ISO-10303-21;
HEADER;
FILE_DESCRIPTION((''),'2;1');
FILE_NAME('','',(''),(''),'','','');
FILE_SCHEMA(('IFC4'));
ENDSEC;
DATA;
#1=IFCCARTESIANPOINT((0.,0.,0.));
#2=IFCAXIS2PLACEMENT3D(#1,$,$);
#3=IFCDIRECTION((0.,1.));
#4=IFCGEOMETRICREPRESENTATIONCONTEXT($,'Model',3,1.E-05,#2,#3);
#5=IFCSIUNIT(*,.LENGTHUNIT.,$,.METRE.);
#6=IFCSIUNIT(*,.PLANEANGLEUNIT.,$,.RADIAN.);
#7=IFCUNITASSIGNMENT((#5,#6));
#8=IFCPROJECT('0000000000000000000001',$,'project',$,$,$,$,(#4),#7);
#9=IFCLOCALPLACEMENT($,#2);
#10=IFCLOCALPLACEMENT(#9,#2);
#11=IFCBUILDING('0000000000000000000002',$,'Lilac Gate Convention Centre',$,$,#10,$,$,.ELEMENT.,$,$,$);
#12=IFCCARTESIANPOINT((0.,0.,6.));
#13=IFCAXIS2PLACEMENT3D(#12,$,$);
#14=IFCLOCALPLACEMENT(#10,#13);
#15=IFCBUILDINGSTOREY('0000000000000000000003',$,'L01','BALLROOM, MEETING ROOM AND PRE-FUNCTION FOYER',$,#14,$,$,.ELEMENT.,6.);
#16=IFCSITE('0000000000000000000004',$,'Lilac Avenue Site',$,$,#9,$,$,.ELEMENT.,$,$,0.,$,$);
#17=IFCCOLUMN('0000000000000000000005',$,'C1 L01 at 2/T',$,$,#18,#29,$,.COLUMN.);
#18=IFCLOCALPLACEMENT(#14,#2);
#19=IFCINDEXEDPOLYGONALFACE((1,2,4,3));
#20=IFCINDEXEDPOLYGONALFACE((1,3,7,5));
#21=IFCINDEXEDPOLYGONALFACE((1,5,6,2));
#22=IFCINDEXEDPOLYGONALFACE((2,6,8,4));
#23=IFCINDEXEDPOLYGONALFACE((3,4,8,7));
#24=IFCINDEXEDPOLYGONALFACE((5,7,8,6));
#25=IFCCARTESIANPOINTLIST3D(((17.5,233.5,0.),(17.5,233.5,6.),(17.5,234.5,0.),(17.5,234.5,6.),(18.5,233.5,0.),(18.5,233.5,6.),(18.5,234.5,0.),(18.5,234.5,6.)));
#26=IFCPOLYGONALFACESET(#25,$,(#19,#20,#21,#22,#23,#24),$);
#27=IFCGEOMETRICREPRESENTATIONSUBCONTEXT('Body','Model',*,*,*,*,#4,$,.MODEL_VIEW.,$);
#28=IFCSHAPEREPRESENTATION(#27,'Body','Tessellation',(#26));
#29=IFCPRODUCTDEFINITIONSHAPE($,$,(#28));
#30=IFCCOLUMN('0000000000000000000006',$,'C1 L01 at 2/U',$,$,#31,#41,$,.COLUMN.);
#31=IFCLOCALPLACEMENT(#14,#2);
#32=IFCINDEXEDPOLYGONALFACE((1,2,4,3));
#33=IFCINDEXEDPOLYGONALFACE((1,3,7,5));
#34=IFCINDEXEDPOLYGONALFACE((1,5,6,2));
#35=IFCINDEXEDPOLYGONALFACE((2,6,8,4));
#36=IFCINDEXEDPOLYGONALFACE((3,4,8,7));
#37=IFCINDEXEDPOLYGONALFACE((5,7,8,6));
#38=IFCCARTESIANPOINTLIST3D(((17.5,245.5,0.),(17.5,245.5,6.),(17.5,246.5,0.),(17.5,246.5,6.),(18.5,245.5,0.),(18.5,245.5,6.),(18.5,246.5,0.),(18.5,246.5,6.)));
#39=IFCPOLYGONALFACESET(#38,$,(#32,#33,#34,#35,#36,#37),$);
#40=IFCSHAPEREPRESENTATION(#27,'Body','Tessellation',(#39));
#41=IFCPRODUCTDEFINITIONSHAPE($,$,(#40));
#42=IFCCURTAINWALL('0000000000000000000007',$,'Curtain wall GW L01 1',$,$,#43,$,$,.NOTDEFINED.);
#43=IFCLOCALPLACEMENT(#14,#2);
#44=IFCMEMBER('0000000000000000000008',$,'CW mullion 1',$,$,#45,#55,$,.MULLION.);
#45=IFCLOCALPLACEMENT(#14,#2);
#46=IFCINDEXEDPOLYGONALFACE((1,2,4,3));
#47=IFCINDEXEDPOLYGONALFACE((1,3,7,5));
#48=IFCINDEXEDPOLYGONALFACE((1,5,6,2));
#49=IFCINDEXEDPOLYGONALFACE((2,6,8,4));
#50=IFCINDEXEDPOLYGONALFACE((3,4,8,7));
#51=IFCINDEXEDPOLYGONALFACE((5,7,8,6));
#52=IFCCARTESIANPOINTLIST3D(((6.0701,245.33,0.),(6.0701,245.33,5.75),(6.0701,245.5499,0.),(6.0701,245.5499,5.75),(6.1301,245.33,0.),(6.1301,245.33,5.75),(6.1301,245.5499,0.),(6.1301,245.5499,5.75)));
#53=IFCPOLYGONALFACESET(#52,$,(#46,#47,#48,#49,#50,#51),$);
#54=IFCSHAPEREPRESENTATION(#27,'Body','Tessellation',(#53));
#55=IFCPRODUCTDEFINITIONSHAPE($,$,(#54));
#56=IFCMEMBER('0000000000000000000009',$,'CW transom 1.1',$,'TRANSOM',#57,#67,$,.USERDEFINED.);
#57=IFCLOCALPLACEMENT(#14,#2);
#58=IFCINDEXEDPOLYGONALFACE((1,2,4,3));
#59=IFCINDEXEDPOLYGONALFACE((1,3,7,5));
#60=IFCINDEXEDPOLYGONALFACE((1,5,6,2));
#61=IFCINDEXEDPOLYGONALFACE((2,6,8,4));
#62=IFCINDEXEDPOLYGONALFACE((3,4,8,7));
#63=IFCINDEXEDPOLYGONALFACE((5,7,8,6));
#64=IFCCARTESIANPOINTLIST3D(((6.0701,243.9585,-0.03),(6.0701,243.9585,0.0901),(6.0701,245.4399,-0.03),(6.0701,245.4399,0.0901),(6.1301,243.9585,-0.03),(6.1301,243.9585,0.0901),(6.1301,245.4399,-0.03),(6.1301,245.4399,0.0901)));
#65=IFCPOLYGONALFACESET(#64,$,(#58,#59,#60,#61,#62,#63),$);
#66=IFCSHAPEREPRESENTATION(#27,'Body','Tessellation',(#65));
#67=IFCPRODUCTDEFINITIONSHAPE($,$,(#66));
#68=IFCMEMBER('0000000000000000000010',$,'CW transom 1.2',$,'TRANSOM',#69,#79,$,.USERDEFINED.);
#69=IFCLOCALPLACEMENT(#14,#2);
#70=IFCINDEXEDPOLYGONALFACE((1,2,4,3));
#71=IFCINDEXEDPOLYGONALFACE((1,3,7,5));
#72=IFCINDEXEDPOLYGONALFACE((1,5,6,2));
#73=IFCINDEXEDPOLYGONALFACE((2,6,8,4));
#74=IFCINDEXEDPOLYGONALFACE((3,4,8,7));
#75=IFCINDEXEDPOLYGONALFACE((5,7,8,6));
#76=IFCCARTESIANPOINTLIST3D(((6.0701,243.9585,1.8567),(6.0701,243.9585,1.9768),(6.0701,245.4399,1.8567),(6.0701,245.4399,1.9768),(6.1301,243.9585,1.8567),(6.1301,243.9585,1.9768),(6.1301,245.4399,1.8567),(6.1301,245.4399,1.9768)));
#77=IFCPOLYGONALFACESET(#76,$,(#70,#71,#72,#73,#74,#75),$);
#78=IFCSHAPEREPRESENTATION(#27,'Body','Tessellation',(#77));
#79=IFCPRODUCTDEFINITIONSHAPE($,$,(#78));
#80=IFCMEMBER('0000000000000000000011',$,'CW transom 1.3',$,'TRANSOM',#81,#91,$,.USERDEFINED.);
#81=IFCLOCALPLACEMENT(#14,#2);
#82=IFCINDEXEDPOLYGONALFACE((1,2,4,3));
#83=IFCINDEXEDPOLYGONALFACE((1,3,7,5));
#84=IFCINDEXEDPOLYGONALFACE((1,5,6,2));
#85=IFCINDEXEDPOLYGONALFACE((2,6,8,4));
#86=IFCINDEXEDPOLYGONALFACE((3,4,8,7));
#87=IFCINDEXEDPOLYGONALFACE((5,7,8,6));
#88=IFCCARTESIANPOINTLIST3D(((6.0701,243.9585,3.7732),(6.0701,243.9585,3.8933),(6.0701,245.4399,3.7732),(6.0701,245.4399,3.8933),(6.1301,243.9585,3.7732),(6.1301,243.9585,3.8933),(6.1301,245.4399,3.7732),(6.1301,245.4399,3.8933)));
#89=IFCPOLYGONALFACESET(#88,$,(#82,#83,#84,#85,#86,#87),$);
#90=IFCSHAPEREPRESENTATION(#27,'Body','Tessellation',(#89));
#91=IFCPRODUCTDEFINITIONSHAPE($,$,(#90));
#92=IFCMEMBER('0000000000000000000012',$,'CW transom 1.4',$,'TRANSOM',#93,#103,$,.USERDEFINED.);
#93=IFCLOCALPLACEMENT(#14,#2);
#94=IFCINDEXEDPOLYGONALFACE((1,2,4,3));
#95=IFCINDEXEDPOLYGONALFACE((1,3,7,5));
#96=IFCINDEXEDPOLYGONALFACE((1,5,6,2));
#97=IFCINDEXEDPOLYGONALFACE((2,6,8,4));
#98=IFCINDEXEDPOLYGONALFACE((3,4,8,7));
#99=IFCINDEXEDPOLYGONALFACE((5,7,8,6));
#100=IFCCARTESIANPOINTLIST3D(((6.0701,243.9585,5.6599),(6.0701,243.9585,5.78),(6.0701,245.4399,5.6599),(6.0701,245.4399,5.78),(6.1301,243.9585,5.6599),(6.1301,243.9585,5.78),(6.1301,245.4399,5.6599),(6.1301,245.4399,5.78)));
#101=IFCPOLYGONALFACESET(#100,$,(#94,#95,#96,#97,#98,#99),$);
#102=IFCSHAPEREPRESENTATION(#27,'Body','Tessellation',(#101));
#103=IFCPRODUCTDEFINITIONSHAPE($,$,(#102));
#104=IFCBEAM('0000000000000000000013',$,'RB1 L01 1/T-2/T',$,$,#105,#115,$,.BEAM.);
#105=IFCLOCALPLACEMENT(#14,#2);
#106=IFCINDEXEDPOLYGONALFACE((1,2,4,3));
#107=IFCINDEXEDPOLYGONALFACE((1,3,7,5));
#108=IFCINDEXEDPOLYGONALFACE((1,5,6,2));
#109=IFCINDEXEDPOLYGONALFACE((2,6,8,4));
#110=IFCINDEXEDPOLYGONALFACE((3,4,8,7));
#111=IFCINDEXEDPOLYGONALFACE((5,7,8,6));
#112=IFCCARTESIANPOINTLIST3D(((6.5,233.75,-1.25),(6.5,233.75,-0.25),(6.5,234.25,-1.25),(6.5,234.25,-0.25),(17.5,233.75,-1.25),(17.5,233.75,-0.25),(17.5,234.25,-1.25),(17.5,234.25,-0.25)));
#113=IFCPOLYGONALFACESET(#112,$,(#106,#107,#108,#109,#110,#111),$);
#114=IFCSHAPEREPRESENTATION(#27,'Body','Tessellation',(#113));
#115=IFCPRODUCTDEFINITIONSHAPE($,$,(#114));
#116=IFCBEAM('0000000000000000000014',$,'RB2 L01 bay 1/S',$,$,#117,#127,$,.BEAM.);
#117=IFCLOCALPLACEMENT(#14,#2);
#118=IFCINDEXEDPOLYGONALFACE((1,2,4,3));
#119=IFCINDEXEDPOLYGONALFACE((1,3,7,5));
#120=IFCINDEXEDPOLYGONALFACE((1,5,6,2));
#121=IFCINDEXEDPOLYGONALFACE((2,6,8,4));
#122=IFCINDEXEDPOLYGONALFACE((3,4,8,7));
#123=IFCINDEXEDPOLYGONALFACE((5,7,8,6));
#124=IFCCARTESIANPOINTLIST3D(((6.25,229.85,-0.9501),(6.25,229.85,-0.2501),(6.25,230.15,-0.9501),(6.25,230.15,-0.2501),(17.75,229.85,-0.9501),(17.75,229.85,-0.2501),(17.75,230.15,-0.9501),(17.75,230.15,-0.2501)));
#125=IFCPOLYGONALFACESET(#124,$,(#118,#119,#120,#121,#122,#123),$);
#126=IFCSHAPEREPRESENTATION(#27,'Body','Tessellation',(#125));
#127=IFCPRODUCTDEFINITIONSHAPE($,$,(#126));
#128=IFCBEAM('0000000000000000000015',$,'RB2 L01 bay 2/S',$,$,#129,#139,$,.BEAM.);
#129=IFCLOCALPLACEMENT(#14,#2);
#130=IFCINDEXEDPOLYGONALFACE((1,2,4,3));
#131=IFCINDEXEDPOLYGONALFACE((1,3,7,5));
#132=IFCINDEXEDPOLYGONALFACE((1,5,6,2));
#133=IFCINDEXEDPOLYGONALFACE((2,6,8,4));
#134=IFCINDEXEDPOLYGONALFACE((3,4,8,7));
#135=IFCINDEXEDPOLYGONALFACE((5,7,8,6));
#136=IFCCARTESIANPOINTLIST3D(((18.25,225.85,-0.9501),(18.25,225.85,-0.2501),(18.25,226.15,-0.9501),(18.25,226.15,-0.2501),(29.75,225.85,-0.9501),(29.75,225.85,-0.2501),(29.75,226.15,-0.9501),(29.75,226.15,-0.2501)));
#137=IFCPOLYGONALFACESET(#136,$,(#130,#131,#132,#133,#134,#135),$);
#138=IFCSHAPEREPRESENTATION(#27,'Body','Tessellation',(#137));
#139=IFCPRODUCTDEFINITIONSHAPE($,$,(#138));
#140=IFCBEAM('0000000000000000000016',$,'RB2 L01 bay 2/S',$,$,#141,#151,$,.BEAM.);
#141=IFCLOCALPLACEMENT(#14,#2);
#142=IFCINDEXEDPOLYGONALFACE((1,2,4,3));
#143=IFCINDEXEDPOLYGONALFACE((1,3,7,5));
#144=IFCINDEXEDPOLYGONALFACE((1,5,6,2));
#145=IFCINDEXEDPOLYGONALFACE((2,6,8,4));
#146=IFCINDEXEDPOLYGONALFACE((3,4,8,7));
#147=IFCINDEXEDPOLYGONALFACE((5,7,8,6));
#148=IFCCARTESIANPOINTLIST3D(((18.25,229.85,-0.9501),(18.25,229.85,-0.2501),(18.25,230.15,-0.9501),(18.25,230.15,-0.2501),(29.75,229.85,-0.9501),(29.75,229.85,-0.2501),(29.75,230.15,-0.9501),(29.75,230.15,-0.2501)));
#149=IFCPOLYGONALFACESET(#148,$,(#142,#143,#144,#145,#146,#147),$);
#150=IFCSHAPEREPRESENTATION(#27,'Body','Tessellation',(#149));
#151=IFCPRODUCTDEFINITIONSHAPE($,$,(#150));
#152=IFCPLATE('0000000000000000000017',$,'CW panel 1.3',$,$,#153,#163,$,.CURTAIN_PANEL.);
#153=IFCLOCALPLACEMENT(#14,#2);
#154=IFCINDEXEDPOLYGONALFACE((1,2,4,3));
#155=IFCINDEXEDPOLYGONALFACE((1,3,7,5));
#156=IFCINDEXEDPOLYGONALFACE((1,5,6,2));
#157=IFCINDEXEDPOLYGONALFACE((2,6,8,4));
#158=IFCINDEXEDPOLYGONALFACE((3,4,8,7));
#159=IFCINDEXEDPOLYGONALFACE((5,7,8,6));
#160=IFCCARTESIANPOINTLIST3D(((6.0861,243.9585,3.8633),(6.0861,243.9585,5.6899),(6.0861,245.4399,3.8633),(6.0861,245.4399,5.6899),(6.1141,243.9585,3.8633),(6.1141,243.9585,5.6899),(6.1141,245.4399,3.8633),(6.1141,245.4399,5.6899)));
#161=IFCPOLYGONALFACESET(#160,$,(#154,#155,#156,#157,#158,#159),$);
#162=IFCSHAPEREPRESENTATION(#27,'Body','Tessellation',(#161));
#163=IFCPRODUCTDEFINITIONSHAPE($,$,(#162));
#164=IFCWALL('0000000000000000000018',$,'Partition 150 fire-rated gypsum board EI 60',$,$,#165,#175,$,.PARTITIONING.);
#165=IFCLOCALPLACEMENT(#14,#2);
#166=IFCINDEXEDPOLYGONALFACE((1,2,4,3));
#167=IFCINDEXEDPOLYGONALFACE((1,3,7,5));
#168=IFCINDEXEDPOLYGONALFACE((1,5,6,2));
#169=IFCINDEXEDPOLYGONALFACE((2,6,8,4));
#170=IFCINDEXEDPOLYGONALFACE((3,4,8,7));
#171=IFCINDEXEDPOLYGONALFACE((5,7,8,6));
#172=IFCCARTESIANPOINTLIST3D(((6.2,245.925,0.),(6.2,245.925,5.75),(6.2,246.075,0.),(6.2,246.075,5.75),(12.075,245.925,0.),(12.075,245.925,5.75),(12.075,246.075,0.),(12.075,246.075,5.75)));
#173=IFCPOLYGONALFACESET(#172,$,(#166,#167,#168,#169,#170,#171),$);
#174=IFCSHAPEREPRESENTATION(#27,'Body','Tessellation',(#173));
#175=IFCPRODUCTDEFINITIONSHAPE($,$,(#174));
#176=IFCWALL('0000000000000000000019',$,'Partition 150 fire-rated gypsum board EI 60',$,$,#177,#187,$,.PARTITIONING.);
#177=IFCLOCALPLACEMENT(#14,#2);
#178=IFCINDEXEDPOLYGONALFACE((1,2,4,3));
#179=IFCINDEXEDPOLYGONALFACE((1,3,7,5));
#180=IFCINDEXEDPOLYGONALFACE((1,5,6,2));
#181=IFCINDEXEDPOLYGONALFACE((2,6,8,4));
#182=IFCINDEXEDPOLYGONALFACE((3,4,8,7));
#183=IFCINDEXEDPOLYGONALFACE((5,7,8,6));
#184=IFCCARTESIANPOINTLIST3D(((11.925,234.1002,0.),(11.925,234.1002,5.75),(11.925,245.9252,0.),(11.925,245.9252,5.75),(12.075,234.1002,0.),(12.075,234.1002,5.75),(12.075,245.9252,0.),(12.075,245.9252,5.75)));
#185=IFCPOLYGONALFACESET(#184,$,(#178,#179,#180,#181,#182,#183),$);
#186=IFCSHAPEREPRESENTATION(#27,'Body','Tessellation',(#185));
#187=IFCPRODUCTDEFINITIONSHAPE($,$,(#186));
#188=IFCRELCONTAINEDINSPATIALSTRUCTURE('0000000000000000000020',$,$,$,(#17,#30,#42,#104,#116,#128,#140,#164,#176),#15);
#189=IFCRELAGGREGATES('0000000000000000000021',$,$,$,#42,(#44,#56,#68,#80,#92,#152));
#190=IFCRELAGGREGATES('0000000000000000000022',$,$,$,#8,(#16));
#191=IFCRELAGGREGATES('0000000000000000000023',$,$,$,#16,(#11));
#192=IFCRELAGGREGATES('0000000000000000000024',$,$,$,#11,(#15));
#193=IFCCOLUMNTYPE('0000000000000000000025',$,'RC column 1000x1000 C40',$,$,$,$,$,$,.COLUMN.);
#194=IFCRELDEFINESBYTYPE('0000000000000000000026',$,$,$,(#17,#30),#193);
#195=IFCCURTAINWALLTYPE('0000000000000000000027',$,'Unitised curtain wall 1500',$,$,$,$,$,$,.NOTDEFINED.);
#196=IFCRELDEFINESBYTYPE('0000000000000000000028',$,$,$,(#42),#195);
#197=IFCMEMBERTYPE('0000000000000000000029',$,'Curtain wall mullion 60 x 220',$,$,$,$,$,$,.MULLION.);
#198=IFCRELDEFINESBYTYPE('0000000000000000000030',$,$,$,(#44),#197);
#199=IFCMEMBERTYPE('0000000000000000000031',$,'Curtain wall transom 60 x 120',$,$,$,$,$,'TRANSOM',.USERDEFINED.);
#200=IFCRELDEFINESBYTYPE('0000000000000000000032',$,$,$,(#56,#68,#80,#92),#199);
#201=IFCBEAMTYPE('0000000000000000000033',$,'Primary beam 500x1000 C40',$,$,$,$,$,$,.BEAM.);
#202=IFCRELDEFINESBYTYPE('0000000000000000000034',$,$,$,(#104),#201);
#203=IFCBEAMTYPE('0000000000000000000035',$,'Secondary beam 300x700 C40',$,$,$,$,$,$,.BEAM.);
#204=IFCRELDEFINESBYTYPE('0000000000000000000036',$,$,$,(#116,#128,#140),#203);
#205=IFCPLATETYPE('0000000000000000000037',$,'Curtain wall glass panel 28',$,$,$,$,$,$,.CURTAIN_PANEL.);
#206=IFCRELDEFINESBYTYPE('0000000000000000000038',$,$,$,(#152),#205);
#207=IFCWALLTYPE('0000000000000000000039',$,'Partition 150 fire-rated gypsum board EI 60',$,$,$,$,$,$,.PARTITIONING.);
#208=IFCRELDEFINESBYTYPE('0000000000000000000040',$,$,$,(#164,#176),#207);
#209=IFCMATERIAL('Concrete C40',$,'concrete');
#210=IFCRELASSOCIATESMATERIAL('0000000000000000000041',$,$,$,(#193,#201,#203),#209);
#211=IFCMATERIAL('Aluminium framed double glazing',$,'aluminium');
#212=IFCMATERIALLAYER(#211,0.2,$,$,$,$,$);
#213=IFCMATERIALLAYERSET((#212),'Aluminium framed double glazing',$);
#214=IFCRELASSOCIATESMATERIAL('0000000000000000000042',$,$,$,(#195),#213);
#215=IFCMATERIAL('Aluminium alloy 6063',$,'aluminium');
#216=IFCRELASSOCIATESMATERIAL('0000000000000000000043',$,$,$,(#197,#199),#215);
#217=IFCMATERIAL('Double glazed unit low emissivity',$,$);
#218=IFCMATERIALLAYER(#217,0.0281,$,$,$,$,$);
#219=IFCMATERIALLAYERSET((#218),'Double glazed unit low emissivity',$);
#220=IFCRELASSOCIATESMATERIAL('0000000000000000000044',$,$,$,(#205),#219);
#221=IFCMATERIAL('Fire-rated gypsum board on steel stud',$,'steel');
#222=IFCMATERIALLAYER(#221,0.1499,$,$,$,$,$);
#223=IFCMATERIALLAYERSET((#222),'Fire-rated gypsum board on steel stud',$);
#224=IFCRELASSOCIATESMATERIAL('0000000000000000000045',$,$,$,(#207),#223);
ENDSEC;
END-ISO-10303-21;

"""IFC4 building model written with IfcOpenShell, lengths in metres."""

from ifc_helpers import new_model, si_unit, direction, frame, frame_2d, origin, origin_2d, place, context, subcontext, project, spatial, rectangle, extrude, material, layer, layer_set, material_profile, profile_set, type_object, element, aggregate, save


model = new_model("IFC4")

# Units and contexts
model_context = context("Model", 3, precision=1e-05, world=origin(), true_north=direction((0.0, 1.0)))
body_context = subcontext(model_context, "Body", "Model", "MODEL_VIEW")
ifc_project = project(units=[si_unit("LENGTHUNIT", "METRE"), si_unit("PLANEANGLEUNIT", "RADIAN")], contexts=[model_context])

# Site, building, storey
site_placement = place(None, origin())
site = spatial("IfcSite", under=ifc_project, at=site_placement, Name="Lilac Avenue Site", CompositionType="ELEMENT", RefElevation=0.0)
building_placement = place(site_placement, origin())
building = spatial("IfcBuilding", under=site, at=building_placement, Name="Lilac Gate Convention Centre", CompositionType="ELEMENT")
storey_placement = place(building_placement, frame((0.0, 0.0, 6.0)))
storey = spatial("IfcBuildingStorey", under=building, at=storey_placement, Name="L01", Description="BALLROOM, MEETING ROOM AND PRE-FUNCTION FOYER", CompositionType="ELEMENT", Elevation=6.0)

# Columns
ifc_material_1 = material(Name="Concrete C40", Category="concrete")
ifc_material_profile_1 = material_profile(ifc_material_1, rectangle(XDim=1.0, YDim=1.0, at=origin_2d()), Name="RC 1000x1000")
ifc_profile_set_1 = profile_set([ifc_material_profile_1], Name="Concrete C40")
column_type = type_object("IfcColumnType", Name="RC column 1000x1000 C40", PredefinedType="COLUMN", material=ifc_profile_set_1)
for number, where, z_axis, x_axis, name in (
    (1, (18.0, 234.0, 0.0), (0.0, 0.0, 1.0), (1.0, 0.0, 0.0), "C1 L01 at 2/T"),
    (2, (18.0, 246.0, 0.0), (0.0, 0.0, 1.0), (1.0, 0.0, 0.0), "C1 L01 at 2/U"),
):
    element("IfcColumn", number, at=place(storey_placement, frame(where, z_axis=z_axis, x_axis=x_axis)), inside=storey, type_object=column_type, Name=name, PredefinedType="COLUMN", context=body_context, shape_type="SweptSolid", body=[
        extrude(rectangle(XDim=1.0, YDim=1.0, at=origin_2d()), origin(), (0.0, 0.0, 1.0), 6.0),
    ])

# Curtain wall, members
ifc_material_2 = material(Name="Aluminium framed double glazing", Category="aluminium")
ifc_layer_1 = layer(ifc_material_2, 0.2)
ifc_layer_set_1 = layer_set([ifc_layer_1], Name="Aluminium framed double glazing")
curtain_wall_type = type_object("IfcCurtainWallType", Name="Unitised curtain wall 1500", PredefinedType="NOTDEFINED", material=ifc_layer_set_1)
curtain_wall_placement = place(storey_placement, origin())
curtain_wall = element("IfcCurtainWall", 3, at=curtain_wall_placement, inside=storey, type_object=curtain_wall_type, Name="Curtain wall GW L01 1", PredefinedType="NOTDEFINED")
ifc_material_3 = material(Name="Aluminium alloy 6063", Category="aluminium")
ifc_material_profile_2 = material_profile(ifc_material_3, rectangle(XDim=0.0601, YDim=0.22, at=origin_2d()), Name="Curtain wall mullion 60 x 220")
ifc_profile_set_2 = profile_set([ifc_material_profile_2], Name="Aluminium alloy 6063")
member_type_1 = type_object("IfcMemberType", Name="Curtain wall mullion 60 x 220", PredefinedType="MULLION", material=ifc_profile_set_2)
member_1_placement = place(storey_placement, frame((6.1001, 245.4399, 0.0), z_axis=(0.0, 0.0, 1.0), x_axis=(1.0, 0.0, 0.0)))
member_1 = element("IfcMember", 4, at=member_1_placement, type_object=member_type_1, Name="CW mullion 1", PredefinedType="MULLION", context=body_context, shape_type="SweptSolid", body=[
    extrude(rectangle(XDim=0.0601, YDim=0.22, at=origin_2d()), origin(), (0.0, 0.0, 1.0), 5.75),
])
ifc_material_profile_3 = material_profile(ifc_material_3, rectangle(XDim=0.0601, YDim=0.1201, at=origin_2d()), Name="Curtain wall transom 60 x 120")
ifc_profile_set_3 = profile_set([ifc_material_profile_3], Name="Aluminium alloy 6063")
member_type_2 = type_object("IfcMemberType", Name="Curtain wall transom 60 x 120", ElementType="TRANSOM", PredefinedType="USERDEFINED", material=ifc_profile_set_3)
member_2_placement = place(storey_placement, frame((6.1001, 245.4399, 0.03), z_axis=(0.0, -1.0, 0.0), x_axis=(1.0, 0.0, 0.0)))
member_2 = element("IfcMember", 5, at=member_2_placement, type_object=member_type_2, Name="CW transom 1.1", ObjectType="TRANSOM", PredefinedType="USERDEFINED", context=body_context, shape_type="SweptSolid", body=[
    extrude(rectangle(XDim=0.0601, YDim=0.1201, at=origin_2d()), origin(), (0.0, 0.0, 1.0), 1.4814),
])
member_3_placement = place(storey_placement, frame((6.1001, 245.4399, 1.9167), z_axis=(0.0, -1.0, 0.0), x_axis=(1.0, 0.0, 0.0)))
member_3 = element("IfcMember", 6, at=member_3_placement, type_object=member_type_2, Name="CW transom 1.2", ObjectType="TRANSOM", PredefinedType="USERDEFINED", context=body_context, shape_type="SweptSolid", body=[
    extrude(rectangle(XDim=0.0601, YDim=0.1201, at=origin_2d()), origin(), (0.0, 0.0, 1.0), 1.4814),
])
member_4_placement = place(storey_placement, frame((6.1001, 245.4399, 3.8333), z_axis=(0.0, -1.0, 0.0), x_axis=(1.0, 0.0, 0.0)))
member_4 = element("IfcMember", 7, at=member_4_placement, type_object=member_type_2, Name="CW transom 1.3", ObjectType="TRANSOM", PredefinedType="USERDEFINED", context=body_context, shape_type="SweptSolid", body=[
    extrude(rectangle(XDim=0.0601, YDim=0.1201, at=origin_2d()), origin(), (0.0, 0.0, 1.0), 1.4814),
])
member_5_placement = place(storey_placement, frame((6.1001, 245.4399, 5.72), z_axis=(0.0, -1.0, 0.0), x_axis=(1.0, 0.0, 0.0)))
member_5 = element("IfcMember", 8, at=member_5_placement, type_object=member_type_2, Name="CW transom 1.4", ObjectType="TRANSOM", PredefinedType="USERDEFINED", context=body_context, shape_type="SweptSolid", body=[
    extrude(rectangle(XDim=0.0601, YDim=0.1201, at=origin_2d()), origin(), (0.0, 0.0, 1.0), 1.4814),
])

# Beams
ifc_material_profile_4 = material_profile(ifc_material_1, rectangle(XDim=0.5, YDim=1.0, at=origin_2d()), Name="RC 500x1000")
ifc_profile_set_4 = profile_set([ifc_material_profile_4], Name="Concrete C40")
beam_type_1 = type_object("IfcBeamType", Name="Primary beam 500x1000 C40", PredefinedType="BEAM", material=ifc_profile_set_4)
beam_placement = place(storey_placement, frame((6.5, 234.0, -0.75), z_axis=(1.0, 0.0, 0.0), x_axis=(0.0, 1.0, 0.0)))
element("IfcBeam", 9, at=beam_placement, inside=storey, type_object=beam_type_1, Name="RB1 L01 1/T-2/T", PredefinedType="BEAM", context=body_context, shape_type="SweptSolid", body=[
    extrude(rectangle(XDim=0.5, YDim=1.0, at=origin_2d()), origin(), (0.0, 0.0, 1.0), 11.0),
])
ifc_material_profile_5 = material_profile(ifc_material_1, rectangle(XDim=0.3, YDim=0.7, at=origin_2d()), Name="RC 300x700")
ifc_profile_set_5 = profile_set([ifc_material_profile_5], Name="Concrete C40")
beam_type_2 = type_object("IfcBeamType", Name="Secondary beam 300x700 C40", PredefinedType="BEAM", material=ifc_profile_set_5)
for number, where, z_axis, x_axis, name in (
    (10, (6.25, 230.0, -0.6001), (1.0, 0.0, 0.0), (0.0, 1.0, 0.0), "RB2 L01 bay 1/S"),
    (11, (18.25, 226.0, -0.6001), (1.0, 0.0, 0.0), (0.0, 1.0, 0.0), "RB2 L01 bay 2/S"),
    (12, (18.25, 230.0, -0.6001), (1.0, 0.0, 0.0), (0.0, 1.0, 0.0), "RB2 L01 bay 2/S"),
):
    element("IfcBeam", number, at=place(storey_placement, frame(where, z_axis=z_axis, x_axis=x_axis)), inside=storey, type_object=beam_type_2, Name=name, PredefinedType="BEAM", context=body_context, shape_type="SweptSolid", body=[
        extrude(rectangle(XDim=0.3, YDim=0.7, at=origin_2d()), origin(), (0.0, 0.0, 1.0), 11.5),
    ])

# Plate
ifc_material_4 = material(Name="Double glazed unit low emissivity")
ifc_layer_2 = layer(ifc_material_4, 0.0281)
ifc_layer_set_2 = layer_set([ifc_layer_2], Name="Double glazed unit low emissivity")
plate_type = type_object("IfcPlateType", Name="Curtain wall glass panel 28", PredefinedType="CURTAIN_PANEL", material=ifc_layer_set_2)
plate_placement = place(storey_placement, frame((6.1001, 244.6992, 3.8633), z_axis=(0.0, 0.0, 1.0), x_axis=(0.0, -1.0, 0.0)))
plate = element("IfcPlate", 13, at=plate_placement, type_object=plate_type, Name="CW panel 1.3", PredefinedType="CURTAIN_PANEL", context=body_context, shape_type="SweptSolid", body=[
    extrude(rectangle(XDim=1.4814, YDim=0.0281, at=origin_2d()), origin(), (0.0, 0.0, 1.0), 1.8267),
])
aggregate(curtain_wall, [member_1, member_2, member_3, member_4, member_5, plate])

# Walls
ifc_material_5 = material(Name="Fire-rated gypsum board on steel stud", Category="steel")
ifc_layer_3 = layer(ifc_material_5, 0.1499)
ifc_layer_set_3 = layer_set([ifc_layer_3], Name="Fire-rated gypsum board on steel stud")
wall_type_1 = type_object("IfcWallType", Name="Partition 150 fire-rated gypsum board EI 60", PredefinedType="PARTITIONING", material=ifc_layer_set_3)
wall_1_placement = place(storey_placement, frame((6.2, 246.0, 0.0), z_axis=(0.0, 0.0, 1.0), x_axis=(1.0, 0.0, 0.0)))
element("IfcWall", 14, at=wall_1_placement, inside=storey, type_object=wall_type_1, Name="Partition 150 fire-rated gypsum board EI 60", PredefinedType="PARTITIONING", context=body_context, shape_type="SweptSolid", body=[
    extrude(rectangle(XDim=5.875, YDim=0.1499, at=frame_2d((2.9375, 0.0))), origin(), (0.0, 0.0, 1.0), 5.75),
])
wall_2_placement = place(storey_placement, frame((12.0, 234.1001, 0.0), z_axis=(0.0, 0.0, 1.0), x_axis=(0.0, 1.0, 0.0)))
element("IfcWall", 15, at=wall_2_placement, inside=storey, type_object=wall_type_1, Name="Partition 150 fire-rated gypsum board EI 60", PredefinedType="PARTITIONING", context=body_context, shape_type="SweptSolid", body=[
    extrude(rectangle(XDim=11.825, YDim=0.1499, at=frame_2d((5.9126, 0.0))), origin(), (0.0, 0.0, 1.0), 5.75),
])

save(model, "model.ifc")
